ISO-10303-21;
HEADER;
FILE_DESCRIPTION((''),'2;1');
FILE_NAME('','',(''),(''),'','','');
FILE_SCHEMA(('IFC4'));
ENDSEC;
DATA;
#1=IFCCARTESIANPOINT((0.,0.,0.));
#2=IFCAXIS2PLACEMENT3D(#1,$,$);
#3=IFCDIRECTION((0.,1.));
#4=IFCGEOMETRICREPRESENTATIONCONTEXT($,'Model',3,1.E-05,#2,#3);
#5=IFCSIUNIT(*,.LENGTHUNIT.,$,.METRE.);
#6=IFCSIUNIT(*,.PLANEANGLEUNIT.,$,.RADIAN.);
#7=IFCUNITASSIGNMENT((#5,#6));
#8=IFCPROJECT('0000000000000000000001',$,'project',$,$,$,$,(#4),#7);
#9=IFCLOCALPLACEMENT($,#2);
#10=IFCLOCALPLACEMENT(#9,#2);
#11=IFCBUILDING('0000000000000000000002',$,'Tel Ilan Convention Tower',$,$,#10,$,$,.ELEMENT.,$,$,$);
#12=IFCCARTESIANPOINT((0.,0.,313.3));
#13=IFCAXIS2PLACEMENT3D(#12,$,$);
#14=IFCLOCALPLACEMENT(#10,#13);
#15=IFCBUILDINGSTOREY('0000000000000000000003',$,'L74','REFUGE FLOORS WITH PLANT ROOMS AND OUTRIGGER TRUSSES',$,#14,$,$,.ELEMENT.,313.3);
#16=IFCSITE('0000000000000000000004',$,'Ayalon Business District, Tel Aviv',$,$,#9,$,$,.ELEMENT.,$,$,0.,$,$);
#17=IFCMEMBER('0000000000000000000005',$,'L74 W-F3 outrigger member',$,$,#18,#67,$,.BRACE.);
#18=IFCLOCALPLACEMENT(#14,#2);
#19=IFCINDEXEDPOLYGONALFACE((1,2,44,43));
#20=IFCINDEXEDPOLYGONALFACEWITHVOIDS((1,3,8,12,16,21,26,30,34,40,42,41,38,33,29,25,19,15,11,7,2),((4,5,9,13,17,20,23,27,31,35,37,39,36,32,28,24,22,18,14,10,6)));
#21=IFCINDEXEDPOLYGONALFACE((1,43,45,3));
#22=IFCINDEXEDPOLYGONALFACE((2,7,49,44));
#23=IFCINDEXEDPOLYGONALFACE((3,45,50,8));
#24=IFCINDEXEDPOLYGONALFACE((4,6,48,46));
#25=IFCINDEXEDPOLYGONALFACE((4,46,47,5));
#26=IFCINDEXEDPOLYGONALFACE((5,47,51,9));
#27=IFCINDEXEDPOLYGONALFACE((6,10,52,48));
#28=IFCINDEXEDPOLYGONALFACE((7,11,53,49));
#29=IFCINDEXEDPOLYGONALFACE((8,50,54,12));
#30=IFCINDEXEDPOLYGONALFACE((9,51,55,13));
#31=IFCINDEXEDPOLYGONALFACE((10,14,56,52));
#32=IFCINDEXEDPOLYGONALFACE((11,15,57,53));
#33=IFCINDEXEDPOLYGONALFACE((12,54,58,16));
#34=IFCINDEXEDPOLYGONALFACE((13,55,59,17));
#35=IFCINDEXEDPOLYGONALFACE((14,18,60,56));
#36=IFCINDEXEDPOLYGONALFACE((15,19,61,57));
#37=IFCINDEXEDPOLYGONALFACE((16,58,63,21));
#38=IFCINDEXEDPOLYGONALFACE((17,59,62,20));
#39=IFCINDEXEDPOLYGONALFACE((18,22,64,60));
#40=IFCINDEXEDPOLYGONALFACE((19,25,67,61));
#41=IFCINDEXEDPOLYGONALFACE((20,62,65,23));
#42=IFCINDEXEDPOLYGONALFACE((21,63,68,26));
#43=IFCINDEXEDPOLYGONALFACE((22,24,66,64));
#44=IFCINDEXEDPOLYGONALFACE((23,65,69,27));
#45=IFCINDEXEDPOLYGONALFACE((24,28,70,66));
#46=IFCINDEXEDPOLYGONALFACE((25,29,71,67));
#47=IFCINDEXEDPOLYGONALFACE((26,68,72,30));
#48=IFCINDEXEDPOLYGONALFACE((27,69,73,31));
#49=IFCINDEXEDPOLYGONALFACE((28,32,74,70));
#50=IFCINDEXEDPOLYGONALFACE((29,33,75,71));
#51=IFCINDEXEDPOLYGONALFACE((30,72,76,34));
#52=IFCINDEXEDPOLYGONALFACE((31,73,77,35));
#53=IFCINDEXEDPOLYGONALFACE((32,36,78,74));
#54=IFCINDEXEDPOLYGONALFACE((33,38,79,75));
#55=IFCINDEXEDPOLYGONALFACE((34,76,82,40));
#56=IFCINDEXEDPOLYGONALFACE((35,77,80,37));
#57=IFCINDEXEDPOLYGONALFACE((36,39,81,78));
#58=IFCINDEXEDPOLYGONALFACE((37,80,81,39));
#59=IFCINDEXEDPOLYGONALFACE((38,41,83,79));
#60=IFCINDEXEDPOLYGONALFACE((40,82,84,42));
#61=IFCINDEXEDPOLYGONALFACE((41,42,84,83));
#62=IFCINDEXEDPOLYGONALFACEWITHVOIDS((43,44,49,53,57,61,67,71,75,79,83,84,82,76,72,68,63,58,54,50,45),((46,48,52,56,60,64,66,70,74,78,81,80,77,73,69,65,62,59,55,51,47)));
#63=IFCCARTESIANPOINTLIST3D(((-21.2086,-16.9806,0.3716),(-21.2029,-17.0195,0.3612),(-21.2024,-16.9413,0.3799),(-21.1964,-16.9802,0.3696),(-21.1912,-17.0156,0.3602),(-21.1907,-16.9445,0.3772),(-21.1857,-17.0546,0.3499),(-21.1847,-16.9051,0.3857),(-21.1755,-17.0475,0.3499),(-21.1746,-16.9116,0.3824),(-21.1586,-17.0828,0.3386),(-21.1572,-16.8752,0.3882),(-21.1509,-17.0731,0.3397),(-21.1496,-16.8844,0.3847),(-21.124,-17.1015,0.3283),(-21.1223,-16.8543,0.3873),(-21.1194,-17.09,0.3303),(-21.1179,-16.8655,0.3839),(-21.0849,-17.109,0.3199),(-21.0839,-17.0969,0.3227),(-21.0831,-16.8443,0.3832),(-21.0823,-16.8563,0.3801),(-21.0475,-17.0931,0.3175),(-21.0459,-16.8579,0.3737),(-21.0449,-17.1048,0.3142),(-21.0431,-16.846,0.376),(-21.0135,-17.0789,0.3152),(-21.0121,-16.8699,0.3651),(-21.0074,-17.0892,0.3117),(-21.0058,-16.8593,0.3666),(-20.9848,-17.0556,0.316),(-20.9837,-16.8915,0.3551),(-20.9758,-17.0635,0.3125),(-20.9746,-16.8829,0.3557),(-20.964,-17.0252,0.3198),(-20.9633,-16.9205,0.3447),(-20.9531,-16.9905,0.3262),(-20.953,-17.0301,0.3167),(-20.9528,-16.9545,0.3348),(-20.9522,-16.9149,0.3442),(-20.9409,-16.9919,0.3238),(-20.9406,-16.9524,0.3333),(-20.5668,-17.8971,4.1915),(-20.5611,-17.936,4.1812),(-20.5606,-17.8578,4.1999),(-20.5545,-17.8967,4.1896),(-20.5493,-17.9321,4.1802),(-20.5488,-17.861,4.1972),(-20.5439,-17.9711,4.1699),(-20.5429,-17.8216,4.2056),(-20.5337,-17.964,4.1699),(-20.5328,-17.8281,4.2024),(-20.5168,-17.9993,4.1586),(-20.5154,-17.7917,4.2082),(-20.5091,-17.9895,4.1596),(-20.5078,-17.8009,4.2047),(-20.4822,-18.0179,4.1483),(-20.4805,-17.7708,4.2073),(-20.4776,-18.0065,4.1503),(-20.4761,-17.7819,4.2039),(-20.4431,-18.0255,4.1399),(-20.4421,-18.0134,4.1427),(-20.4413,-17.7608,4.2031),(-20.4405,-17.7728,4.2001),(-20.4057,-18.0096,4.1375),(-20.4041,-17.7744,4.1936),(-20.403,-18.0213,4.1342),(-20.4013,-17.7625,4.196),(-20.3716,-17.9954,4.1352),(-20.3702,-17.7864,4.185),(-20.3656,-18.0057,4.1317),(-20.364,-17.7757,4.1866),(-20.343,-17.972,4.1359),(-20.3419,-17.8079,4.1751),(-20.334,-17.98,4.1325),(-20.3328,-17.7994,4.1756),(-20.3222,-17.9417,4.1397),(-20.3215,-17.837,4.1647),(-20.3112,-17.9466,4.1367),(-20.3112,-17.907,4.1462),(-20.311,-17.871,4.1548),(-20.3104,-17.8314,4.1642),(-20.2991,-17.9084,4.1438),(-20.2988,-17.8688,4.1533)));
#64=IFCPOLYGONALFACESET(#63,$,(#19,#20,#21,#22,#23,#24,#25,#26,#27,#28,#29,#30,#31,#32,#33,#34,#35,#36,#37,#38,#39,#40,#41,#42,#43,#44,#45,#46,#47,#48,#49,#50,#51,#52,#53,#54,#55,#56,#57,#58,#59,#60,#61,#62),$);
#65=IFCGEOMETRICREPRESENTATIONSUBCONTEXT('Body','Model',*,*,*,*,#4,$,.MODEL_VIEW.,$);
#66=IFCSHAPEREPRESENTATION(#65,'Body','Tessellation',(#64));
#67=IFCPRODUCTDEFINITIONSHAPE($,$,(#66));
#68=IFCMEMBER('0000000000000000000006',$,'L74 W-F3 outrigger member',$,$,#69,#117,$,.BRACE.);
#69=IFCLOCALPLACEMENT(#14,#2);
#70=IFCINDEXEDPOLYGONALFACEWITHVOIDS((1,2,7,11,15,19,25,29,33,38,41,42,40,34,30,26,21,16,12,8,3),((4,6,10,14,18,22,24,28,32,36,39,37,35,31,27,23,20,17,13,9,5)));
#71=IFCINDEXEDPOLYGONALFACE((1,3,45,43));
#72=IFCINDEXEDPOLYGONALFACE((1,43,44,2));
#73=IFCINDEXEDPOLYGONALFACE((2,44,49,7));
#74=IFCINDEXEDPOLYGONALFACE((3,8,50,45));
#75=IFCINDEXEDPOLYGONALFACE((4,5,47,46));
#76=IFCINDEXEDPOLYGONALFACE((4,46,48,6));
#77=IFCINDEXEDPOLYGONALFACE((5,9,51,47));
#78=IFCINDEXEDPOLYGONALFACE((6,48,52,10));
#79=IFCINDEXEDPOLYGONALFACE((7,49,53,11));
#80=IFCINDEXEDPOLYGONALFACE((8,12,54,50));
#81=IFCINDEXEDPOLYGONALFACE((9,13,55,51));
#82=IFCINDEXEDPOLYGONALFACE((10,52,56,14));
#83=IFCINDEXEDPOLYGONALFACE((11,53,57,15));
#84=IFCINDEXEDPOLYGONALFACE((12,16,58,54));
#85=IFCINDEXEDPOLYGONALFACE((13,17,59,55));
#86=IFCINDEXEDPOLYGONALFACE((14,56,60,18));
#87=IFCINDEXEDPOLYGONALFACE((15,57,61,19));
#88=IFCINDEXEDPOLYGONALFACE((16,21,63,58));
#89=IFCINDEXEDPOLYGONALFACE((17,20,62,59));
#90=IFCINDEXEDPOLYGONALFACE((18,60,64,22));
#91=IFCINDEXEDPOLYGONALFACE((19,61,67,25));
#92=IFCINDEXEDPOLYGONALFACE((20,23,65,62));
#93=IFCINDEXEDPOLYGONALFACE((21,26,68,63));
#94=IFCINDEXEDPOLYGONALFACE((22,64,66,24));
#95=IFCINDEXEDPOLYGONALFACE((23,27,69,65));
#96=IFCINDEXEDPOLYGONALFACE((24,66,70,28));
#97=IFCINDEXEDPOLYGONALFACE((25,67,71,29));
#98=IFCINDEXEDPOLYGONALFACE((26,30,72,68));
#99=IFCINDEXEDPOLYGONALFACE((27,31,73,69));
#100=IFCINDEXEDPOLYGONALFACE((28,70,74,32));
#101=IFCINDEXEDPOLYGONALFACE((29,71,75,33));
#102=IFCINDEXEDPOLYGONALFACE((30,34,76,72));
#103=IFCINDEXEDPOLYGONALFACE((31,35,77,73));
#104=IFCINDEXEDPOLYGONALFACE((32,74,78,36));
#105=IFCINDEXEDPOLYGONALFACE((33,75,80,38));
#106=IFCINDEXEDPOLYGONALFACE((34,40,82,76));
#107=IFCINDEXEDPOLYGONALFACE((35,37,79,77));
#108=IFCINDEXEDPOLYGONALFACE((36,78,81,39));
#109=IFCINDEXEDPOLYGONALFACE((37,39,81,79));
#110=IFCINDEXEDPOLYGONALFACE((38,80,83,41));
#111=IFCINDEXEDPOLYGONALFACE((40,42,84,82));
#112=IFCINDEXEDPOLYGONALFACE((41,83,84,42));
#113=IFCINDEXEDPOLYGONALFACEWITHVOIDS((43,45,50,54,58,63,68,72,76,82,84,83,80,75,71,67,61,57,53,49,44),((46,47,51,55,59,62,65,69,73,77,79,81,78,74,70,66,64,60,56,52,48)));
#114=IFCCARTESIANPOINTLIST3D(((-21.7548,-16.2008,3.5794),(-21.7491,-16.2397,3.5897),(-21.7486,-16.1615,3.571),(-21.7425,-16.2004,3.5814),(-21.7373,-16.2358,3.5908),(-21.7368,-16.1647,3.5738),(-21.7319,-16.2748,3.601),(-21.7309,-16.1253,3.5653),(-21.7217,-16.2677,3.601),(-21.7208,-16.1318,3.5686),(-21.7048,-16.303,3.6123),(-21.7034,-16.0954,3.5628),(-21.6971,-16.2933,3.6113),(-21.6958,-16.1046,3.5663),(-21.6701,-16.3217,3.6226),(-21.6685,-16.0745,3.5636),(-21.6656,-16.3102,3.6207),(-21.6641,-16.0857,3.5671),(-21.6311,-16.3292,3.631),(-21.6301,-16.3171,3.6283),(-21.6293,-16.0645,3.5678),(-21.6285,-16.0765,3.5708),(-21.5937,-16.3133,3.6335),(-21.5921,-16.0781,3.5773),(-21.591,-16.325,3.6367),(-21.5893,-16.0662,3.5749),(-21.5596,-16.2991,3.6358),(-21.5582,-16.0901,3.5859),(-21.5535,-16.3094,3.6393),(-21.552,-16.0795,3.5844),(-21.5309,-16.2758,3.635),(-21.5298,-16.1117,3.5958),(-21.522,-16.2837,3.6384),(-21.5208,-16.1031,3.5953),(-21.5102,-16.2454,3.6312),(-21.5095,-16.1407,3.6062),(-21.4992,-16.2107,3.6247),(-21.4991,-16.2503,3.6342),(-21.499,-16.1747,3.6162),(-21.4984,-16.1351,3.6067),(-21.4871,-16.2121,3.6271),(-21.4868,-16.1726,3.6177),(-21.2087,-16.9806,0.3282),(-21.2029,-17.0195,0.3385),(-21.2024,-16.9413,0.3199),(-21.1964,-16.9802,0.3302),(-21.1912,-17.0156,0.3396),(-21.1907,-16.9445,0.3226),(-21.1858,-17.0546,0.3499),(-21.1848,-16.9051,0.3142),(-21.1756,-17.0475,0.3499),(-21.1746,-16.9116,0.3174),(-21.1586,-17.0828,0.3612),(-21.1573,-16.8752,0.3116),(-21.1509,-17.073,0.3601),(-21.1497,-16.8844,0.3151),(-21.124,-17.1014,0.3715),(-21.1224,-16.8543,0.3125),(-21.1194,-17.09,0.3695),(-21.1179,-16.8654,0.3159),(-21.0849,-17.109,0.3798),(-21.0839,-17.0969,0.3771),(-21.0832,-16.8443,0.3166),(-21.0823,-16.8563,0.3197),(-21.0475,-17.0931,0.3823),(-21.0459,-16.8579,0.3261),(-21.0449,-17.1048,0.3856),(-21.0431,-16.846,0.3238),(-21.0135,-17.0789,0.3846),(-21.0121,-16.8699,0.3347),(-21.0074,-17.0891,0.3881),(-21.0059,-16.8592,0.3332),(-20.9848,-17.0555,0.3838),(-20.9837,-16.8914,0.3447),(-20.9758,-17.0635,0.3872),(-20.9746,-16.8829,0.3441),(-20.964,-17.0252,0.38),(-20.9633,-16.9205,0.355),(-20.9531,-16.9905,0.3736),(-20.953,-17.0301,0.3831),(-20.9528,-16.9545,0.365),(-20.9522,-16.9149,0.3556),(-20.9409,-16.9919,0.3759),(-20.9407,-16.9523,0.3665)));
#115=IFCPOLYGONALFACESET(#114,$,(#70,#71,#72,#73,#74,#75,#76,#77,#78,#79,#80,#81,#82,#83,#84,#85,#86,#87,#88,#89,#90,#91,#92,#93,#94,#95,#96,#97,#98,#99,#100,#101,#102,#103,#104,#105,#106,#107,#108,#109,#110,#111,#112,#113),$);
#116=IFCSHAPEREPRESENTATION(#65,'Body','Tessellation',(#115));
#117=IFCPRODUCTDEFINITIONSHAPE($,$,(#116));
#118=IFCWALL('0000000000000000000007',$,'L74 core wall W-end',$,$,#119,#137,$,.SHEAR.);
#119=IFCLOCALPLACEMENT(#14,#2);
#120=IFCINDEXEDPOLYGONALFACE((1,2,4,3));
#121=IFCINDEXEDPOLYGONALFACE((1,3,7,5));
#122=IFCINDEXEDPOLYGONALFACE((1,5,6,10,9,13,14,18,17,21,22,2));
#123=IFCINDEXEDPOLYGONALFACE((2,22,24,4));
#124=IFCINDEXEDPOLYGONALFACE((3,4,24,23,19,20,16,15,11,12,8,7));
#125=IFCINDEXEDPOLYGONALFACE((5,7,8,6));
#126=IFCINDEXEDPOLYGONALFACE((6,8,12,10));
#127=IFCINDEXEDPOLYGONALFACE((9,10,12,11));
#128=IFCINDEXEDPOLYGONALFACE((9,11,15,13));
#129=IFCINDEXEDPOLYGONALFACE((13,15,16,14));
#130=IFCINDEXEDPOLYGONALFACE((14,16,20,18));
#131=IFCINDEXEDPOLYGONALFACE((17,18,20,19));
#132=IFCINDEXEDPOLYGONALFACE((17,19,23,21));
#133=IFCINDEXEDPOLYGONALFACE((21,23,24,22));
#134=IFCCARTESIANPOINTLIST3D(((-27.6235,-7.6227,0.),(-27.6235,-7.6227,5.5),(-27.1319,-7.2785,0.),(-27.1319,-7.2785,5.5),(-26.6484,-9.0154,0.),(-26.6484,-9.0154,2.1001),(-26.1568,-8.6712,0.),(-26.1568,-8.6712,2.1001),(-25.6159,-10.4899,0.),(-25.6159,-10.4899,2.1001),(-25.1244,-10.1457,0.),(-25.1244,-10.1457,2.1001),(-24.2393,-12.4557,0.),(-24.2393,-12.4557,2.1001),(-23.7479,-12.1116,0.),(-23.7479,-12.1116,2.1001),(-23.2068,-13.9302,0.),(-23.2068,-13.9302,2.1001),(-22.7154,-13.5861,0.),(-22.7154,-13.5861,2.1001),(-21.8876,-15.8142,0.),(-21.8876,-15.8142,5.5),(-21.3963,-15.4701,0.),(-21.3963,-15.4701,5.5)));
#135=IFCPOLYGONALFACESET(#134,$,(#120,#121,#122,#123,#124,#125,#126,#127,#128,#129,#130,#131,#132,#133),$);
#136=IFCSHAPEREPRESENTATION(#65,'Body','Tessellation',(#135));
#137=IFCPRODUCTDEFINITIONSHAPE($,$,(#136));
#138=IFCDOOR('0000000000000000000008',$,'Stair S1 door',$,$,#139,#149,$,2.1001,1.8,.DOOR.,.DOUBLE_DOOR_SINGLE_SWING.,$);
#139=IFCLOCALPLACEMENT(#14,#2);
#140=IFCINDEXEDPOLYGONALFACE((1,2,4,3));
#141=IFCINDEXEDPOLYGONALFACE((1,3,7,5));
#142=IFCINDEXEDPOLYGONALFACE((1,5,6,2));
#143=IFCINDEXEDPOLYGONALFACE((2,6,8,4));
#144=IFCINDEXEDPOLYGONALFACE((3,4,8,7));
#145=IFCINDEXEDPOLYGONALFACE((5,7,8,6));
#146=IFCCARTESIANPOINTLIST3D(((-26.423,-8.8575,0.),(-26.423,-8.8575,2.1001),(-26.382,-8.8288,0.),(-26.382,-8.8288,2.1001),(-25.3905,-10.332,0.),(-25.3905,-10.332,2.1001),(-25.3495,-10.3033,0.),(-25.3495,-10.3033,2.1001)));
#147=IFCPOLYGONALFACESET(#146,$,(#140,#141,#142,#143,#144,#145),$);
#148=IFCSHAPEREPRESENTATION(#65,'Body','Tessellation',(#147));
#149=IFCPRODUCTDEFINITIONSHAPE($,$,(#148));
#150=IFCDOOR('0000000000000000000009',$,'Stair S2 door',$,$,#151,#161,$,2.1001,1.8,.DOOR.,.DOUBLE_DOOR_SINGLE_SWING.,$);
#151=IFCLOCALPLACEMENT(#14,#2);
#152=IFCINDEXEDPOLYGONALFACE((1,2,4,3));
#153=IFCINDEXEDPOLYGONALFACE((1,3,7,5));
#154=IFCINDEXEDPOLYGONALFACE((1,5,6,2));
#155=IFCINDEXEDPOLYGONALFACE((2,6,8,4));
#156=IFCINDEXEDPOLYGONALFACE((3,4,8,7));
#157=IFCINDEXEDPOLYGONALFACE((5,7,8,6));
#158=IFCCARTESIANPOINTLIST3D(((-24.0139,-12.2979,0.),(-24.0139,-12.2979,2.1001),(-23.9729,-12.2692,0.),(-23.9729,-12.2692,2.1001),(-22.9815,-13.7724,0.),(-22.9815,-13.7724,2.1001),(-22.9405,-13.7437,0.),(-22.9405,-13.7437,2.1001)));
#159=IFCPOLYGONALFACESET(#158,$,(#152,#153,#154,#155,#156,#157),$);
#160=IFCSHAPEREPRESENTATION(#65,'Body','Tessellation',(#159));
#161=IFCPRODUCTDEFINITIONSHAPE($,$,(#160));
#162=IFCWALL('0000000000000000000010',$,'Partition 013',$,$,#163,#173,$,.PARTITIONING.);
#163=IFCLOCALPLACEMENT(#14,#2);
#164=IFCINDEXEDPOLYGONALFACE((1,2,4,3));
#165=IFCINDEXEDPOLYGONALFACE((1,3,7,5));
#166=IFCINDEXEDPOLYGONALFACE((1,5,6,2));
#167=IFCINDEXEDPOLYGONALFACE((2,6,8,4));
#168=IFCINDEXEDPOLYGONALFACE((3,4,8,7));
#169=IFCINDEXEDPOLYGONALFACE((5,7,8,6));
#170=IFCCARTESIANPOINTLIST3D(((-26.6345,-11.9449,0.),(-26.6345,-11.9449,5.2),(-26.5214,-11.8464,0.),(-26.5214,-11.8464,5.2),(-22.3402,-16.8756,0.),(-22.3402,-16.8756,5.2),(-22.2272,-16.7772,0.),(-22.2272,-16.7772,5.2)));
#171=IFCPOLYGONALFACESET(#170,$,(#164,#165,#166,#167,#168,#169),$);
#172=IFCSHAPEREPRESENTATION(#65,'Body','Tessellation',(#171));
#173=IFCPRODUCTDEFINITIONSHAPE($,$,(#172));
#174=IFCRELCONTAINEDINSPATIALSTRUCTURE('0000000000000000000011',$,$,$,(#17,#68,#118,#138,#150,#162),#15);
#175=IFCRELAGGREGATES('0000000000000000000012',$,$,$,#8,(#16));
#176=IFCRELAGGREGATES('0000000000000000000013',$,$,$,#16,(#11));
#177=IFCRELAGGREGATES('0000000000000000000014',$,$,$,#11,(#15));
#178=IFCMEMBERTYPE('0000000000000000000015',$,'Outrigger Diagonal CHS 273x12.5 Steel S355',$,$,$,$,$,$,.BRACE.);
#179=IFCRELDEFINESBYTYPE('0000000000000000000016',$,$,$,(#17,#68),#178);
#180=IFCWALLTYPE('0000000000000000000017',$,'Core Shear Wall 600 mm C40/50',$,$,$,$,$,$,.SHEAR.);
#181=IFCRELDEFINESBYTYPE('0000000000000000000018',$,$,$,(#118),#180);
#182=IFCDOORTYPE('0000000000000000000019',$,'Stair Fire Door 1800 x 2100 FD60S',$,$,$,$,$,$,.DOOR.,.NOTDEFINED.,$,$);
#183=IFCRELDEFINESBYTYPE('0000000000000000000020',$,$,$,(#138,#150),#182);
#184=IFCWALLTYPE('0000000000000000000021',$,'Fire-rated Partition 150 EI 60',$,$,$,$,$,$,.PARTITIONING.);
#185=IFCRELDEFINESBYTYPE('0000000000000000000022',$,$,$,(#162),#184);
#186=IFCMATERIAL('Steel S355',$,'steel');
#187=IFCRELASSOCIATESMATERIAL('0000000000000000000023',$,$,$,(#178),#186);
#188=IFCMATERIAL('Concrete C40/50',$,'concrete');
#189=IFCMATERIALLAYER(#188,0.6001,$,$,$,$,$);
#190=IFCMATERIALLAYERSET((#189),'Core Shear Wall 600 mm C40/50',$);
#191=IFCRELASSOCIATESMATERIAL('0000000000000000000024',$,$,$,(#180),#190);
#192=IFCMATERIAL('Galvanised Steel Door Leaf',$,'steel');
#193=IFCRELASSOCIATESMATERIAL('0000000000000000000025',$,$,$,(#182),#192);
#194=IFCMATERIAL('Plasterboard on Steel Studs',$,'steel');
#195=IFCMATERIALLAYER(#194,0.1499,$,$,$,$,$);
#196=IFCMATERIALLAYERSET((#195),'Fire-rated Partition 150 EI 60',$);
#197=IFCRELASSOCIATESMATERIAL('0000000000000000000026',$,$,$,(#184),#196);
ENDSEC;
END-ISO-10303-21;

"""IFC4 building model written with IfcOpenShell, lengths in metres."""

from ifc_helpers import new_model, si_unit, direction, frame, frame_2d, origin, origin_2d, place, context, subcontext, project, spatial, polyline, rectangle, hollow_circle, outline, extrude, material, layer, layer_set, material_profile, profile_set, type_object, element, fill, save


model = new_model("IFC4")

# Units and contexts
model_context = context("Model", 3, precision=1e-05, world=origin(), true_north=direction((0.0, 1.0)))
body_context = subcontext(model_context, "Body", "Model", "MODEL_VIEW")
ifc_project = project(units=[si_unit("LENGTHUNIT", "METRE"), si_unit("PLANEANGLEUNIT", "RADIAN")], contexts=[model_context])

# Site, building, storey
site_placement = place(None, origin())
site = spatial("IfcSite", under=ifc_project, at=site_placement, Name="Ayalon Business District, Tel Aviv", CompositionType="ELEMENT", RefElevation=0.0)
building_placement = place(site_placement, origin())
building = spatial("IfcBuilding", under=site, at=building_placement, Name="Tel Ilan Convention Tower", CompositionType="ELEMENT")
storey_placement = place(building_placement, frame((0.0, 0.0, 313.3)))
storey = spatial("IfcBuildingStorey", under=building, at=storey_placement, Name="L74", Description="REFUGE FLOORS WITH PLANT ROOMS AND OUTRIGGER TRUSSES", CompositionType="ELEMENT", Elevation=313.3)

# Members
ifc_material_1 = material(Name="Steel S355", Category="steel")
ifc_material_profile_1 = material_profile(ifc_material_1, hollow_circle(Radius=0.1365, WallThickness=0.0125, at=origin_2d()), Name="CHS 273x12.5")
ifc_profile_set_1 = profile_set([ifc_material_profile_1], Name="Steel S355")
member_type_1 = type_object("IfcMemberType", Name="Outrigger Diagonal CHS 273x12.5 Steel S355", PredefinedType="BRACE", material=ifc_profile_set_1)
for number, where, z_axis, x_axis, name in (
    (1, (-20.4321, -17.8928, 4.1699), (-0.161245, 0.230245, -0.959681), (-0.819109, -0.573638, 0.0), "L74 W-F3 outrigger member"),
):
    element("IfcMember", number, at=place(storey_placement, frame(where, z_axis=z_axis, x_axis=x_axis)), inside=storey, type_object=member_type_1, Name=name, PredefinedType="BRACE", context=body_context, shape_type="SweptSolid", body=[
        extrude(hollow_circle(Radius=0.1365, WallThickness=0.0125, at=origin_2d()), origin(), (0.0, 0.0, 1.0), 3.9805),
    ])
member_1_placement = place(storey_placement, frame((-21.074, -16.9763, 0.3499), z_axis=(-0.161212, 0.230179, 0.959702), x_axis=(-0.819087, -0.573669, 0.0)))
element("IfcMember", 2, at=member_1_placement, inside=storey, type_object=member_type_1, Name="L74 W-F3 outrigger member", PredefinedType="BRACE", context=body_context, shape_type="SweptSolid", body=[
    extrude(hollow_circle(Radius=0.1365, WallThickness=0.0125, at=origin_2d()), origin(), (0.0, 0.0, 1.0), 3.3877),
])

# Wall, openings, doors
ifc_material_2 = material(Name="Concrete C40/50", Category="concrete")
ifc_layer_1 = layer(ifc_material_2, 0.6001)
ifc_layer_set_1 = layer_set([ifc_layer_1], Name="Core Shear Wall 600 mm C40/50")
wall_type_1 = type_object("IfcWallType", Name="Core Shear Wall 600 mm C40/50", PredefinedType="SHEAR", material=ifc_layer_set_1)
wall_1_placement = place(storey_placement, frame((-21.6418, -15.6421, 0.0), z_axis=(0.0, 0.0, 1.0), x_axis=(-0.573587, 0.819145, 0.0)))
wall_1 = element("IfcWall", 3, at=wall_1_placement, inside=storey, type_object=wall_type_1, Name="L74 core wall W-end", PredefinedType="SHEAR", context=body_context, shape_type="SweptSolid", body=[
    extrude(outline(polyline([(0.0, 0.3), (0.0, -0.2998), (10.0, -0.3), (10.0, 0.3), (0.0, 0.3)])), origin(), (0.0, 0.0, 1.0), 5.5),
])
opening_1_placement = place(wall_1_placement, frame((6.5, 0.0, 0.0)))
opening_1 = element("IfcOpeningElement", 4, at=opening_1_placement, cuts=wall_1, PredefinedType="OPENING", context=body_context, shape_type="SweptSolid", body=[
    extrude(rectangle(XDim=1.8, YDim=2.1001, at=frame_2d((0.8999, 1.05))), frame((0.0, 0.3101, 0.0), z_axis=(0.0, -1.0, 0.0), x_axis=(1.0, 0.0, 0.0)), (0.0, 0.0, 1.0), 0.6201),
])
opening_2_placement = place(wall_1_placement, frame((2.3, 0.0, 0.0)))
opening_2 = element("IfcOpeningElement", 5, at=opening_2_placement, cuts=wall_1, PredefinedType="OPENING", context=body_context, shape_type="SweptSolid", body=[
    extrude(rectangle(XDim=1.8, YDim=2.1001, at=frame_2d((0.8999, 1.05))), frame((0.0, 0.3101, 0.0), z_axis=(0.0, -1.0, 0.0), x_axis=(1.0, 0.0, 0.0)), (0.0, 0.0, 1.0), 0.6201),
])
ifc_material_3 = material(Name="Galvanised Steel Door Leaf", Category="steel")
door_type = type_object("IfcDoorType", Name="Stair Fire Door 1800 x 2100 FD60S", OperationType="NOTDEFINED", PredefinedType="DOOR", material=ifc_material_3)
door_1_placement = place(opening_1_placement, origin())
door_1 = element("IfcDoor", 6, at=door_1_placement, inside=storey, type_object=door_type, Name="Stair S1 door", OperationType="DOUBLE_DOOR_SINGLE_SWING", OverallHeight=2.1001, OverallWidth=1.8, PredefinedType="DOOR", context=body_context, shape_type="SweptSolid", body=[
    extrude(rectangle(XDim=1.8, YDim=2.1001, at=frame_2d((0.8999, 1.05))), frame((0.0, 0.0249, 0.0), z_axis=(0.0, -1.0, 0.0), x_axis=(1.0, 0.0, 0.0)), (0.0, 0.0, 1.0), 0.05),
])
fill(opening_1, door_1)
door_2_placement = place(opening_2_placement, origin())
door_2 = element("IfcDoor", 7, at=door_2_placement, inside=storey, type_object=door_type, Name="Stair S2 door", OperationType="DOUBLE_DOOR_SINGLE_SWING", OverallHeight=2.1001, OverallWidth=1.8, PredefinedType="DOOR", context=body_context, shape_type="SweptSolid", body=[
    extrude(rectangle(XDim=1.8, YDim=2.1001, at=frame_2d((0.8999, 1.05))), frame((0.0, 0.0249, 0.0), z_axis=(0.0, -1.0, 0.0), x_axis=(1.0, 0.0, 0.0)), (0.0, 0.0, 1.0), 0.05),
])
fill(opening_2, door_2)

# Wall
ifc_material_4 = material(Name="Plasterboard on Steel Studs", Category="steel")
ifc_layer_2 = layer(ifc_material_4, 0.1499)
ifc_layer_set_2 = layer_set([ifc_layer_2], Name="Fire-rated Partition 150 EI 60")
wall_type_2 = type_object("IfcWallType", Name="Fire-rated Partition 150 EI 60", PredefinedType="PARTITIONING", material=ifc_layer_set_2)
wall_2_placement = place(storey_placement, frame((-22.2837, -16.8264, 0.0), z_axis=(0.0, 0.0, 1.0), x_axis=(-0.656758, 0.754101, 0.0)))
element("IfcWall", 8, at=wall_2_placement, inside=storey, type_object=wall_type_2, Name="Partition 013", PredefinedType="PARTITIONING", context=body_context, shape_type="SweptSolid", body=[
    extrude(rectangle(XDim=6.5386, YDim=0.1499, at=frame_2d((3.2693, 0.0))), origin(), (0.0, 0.0, 1.0), 5.2),
])

save(model, "model.ifc")
